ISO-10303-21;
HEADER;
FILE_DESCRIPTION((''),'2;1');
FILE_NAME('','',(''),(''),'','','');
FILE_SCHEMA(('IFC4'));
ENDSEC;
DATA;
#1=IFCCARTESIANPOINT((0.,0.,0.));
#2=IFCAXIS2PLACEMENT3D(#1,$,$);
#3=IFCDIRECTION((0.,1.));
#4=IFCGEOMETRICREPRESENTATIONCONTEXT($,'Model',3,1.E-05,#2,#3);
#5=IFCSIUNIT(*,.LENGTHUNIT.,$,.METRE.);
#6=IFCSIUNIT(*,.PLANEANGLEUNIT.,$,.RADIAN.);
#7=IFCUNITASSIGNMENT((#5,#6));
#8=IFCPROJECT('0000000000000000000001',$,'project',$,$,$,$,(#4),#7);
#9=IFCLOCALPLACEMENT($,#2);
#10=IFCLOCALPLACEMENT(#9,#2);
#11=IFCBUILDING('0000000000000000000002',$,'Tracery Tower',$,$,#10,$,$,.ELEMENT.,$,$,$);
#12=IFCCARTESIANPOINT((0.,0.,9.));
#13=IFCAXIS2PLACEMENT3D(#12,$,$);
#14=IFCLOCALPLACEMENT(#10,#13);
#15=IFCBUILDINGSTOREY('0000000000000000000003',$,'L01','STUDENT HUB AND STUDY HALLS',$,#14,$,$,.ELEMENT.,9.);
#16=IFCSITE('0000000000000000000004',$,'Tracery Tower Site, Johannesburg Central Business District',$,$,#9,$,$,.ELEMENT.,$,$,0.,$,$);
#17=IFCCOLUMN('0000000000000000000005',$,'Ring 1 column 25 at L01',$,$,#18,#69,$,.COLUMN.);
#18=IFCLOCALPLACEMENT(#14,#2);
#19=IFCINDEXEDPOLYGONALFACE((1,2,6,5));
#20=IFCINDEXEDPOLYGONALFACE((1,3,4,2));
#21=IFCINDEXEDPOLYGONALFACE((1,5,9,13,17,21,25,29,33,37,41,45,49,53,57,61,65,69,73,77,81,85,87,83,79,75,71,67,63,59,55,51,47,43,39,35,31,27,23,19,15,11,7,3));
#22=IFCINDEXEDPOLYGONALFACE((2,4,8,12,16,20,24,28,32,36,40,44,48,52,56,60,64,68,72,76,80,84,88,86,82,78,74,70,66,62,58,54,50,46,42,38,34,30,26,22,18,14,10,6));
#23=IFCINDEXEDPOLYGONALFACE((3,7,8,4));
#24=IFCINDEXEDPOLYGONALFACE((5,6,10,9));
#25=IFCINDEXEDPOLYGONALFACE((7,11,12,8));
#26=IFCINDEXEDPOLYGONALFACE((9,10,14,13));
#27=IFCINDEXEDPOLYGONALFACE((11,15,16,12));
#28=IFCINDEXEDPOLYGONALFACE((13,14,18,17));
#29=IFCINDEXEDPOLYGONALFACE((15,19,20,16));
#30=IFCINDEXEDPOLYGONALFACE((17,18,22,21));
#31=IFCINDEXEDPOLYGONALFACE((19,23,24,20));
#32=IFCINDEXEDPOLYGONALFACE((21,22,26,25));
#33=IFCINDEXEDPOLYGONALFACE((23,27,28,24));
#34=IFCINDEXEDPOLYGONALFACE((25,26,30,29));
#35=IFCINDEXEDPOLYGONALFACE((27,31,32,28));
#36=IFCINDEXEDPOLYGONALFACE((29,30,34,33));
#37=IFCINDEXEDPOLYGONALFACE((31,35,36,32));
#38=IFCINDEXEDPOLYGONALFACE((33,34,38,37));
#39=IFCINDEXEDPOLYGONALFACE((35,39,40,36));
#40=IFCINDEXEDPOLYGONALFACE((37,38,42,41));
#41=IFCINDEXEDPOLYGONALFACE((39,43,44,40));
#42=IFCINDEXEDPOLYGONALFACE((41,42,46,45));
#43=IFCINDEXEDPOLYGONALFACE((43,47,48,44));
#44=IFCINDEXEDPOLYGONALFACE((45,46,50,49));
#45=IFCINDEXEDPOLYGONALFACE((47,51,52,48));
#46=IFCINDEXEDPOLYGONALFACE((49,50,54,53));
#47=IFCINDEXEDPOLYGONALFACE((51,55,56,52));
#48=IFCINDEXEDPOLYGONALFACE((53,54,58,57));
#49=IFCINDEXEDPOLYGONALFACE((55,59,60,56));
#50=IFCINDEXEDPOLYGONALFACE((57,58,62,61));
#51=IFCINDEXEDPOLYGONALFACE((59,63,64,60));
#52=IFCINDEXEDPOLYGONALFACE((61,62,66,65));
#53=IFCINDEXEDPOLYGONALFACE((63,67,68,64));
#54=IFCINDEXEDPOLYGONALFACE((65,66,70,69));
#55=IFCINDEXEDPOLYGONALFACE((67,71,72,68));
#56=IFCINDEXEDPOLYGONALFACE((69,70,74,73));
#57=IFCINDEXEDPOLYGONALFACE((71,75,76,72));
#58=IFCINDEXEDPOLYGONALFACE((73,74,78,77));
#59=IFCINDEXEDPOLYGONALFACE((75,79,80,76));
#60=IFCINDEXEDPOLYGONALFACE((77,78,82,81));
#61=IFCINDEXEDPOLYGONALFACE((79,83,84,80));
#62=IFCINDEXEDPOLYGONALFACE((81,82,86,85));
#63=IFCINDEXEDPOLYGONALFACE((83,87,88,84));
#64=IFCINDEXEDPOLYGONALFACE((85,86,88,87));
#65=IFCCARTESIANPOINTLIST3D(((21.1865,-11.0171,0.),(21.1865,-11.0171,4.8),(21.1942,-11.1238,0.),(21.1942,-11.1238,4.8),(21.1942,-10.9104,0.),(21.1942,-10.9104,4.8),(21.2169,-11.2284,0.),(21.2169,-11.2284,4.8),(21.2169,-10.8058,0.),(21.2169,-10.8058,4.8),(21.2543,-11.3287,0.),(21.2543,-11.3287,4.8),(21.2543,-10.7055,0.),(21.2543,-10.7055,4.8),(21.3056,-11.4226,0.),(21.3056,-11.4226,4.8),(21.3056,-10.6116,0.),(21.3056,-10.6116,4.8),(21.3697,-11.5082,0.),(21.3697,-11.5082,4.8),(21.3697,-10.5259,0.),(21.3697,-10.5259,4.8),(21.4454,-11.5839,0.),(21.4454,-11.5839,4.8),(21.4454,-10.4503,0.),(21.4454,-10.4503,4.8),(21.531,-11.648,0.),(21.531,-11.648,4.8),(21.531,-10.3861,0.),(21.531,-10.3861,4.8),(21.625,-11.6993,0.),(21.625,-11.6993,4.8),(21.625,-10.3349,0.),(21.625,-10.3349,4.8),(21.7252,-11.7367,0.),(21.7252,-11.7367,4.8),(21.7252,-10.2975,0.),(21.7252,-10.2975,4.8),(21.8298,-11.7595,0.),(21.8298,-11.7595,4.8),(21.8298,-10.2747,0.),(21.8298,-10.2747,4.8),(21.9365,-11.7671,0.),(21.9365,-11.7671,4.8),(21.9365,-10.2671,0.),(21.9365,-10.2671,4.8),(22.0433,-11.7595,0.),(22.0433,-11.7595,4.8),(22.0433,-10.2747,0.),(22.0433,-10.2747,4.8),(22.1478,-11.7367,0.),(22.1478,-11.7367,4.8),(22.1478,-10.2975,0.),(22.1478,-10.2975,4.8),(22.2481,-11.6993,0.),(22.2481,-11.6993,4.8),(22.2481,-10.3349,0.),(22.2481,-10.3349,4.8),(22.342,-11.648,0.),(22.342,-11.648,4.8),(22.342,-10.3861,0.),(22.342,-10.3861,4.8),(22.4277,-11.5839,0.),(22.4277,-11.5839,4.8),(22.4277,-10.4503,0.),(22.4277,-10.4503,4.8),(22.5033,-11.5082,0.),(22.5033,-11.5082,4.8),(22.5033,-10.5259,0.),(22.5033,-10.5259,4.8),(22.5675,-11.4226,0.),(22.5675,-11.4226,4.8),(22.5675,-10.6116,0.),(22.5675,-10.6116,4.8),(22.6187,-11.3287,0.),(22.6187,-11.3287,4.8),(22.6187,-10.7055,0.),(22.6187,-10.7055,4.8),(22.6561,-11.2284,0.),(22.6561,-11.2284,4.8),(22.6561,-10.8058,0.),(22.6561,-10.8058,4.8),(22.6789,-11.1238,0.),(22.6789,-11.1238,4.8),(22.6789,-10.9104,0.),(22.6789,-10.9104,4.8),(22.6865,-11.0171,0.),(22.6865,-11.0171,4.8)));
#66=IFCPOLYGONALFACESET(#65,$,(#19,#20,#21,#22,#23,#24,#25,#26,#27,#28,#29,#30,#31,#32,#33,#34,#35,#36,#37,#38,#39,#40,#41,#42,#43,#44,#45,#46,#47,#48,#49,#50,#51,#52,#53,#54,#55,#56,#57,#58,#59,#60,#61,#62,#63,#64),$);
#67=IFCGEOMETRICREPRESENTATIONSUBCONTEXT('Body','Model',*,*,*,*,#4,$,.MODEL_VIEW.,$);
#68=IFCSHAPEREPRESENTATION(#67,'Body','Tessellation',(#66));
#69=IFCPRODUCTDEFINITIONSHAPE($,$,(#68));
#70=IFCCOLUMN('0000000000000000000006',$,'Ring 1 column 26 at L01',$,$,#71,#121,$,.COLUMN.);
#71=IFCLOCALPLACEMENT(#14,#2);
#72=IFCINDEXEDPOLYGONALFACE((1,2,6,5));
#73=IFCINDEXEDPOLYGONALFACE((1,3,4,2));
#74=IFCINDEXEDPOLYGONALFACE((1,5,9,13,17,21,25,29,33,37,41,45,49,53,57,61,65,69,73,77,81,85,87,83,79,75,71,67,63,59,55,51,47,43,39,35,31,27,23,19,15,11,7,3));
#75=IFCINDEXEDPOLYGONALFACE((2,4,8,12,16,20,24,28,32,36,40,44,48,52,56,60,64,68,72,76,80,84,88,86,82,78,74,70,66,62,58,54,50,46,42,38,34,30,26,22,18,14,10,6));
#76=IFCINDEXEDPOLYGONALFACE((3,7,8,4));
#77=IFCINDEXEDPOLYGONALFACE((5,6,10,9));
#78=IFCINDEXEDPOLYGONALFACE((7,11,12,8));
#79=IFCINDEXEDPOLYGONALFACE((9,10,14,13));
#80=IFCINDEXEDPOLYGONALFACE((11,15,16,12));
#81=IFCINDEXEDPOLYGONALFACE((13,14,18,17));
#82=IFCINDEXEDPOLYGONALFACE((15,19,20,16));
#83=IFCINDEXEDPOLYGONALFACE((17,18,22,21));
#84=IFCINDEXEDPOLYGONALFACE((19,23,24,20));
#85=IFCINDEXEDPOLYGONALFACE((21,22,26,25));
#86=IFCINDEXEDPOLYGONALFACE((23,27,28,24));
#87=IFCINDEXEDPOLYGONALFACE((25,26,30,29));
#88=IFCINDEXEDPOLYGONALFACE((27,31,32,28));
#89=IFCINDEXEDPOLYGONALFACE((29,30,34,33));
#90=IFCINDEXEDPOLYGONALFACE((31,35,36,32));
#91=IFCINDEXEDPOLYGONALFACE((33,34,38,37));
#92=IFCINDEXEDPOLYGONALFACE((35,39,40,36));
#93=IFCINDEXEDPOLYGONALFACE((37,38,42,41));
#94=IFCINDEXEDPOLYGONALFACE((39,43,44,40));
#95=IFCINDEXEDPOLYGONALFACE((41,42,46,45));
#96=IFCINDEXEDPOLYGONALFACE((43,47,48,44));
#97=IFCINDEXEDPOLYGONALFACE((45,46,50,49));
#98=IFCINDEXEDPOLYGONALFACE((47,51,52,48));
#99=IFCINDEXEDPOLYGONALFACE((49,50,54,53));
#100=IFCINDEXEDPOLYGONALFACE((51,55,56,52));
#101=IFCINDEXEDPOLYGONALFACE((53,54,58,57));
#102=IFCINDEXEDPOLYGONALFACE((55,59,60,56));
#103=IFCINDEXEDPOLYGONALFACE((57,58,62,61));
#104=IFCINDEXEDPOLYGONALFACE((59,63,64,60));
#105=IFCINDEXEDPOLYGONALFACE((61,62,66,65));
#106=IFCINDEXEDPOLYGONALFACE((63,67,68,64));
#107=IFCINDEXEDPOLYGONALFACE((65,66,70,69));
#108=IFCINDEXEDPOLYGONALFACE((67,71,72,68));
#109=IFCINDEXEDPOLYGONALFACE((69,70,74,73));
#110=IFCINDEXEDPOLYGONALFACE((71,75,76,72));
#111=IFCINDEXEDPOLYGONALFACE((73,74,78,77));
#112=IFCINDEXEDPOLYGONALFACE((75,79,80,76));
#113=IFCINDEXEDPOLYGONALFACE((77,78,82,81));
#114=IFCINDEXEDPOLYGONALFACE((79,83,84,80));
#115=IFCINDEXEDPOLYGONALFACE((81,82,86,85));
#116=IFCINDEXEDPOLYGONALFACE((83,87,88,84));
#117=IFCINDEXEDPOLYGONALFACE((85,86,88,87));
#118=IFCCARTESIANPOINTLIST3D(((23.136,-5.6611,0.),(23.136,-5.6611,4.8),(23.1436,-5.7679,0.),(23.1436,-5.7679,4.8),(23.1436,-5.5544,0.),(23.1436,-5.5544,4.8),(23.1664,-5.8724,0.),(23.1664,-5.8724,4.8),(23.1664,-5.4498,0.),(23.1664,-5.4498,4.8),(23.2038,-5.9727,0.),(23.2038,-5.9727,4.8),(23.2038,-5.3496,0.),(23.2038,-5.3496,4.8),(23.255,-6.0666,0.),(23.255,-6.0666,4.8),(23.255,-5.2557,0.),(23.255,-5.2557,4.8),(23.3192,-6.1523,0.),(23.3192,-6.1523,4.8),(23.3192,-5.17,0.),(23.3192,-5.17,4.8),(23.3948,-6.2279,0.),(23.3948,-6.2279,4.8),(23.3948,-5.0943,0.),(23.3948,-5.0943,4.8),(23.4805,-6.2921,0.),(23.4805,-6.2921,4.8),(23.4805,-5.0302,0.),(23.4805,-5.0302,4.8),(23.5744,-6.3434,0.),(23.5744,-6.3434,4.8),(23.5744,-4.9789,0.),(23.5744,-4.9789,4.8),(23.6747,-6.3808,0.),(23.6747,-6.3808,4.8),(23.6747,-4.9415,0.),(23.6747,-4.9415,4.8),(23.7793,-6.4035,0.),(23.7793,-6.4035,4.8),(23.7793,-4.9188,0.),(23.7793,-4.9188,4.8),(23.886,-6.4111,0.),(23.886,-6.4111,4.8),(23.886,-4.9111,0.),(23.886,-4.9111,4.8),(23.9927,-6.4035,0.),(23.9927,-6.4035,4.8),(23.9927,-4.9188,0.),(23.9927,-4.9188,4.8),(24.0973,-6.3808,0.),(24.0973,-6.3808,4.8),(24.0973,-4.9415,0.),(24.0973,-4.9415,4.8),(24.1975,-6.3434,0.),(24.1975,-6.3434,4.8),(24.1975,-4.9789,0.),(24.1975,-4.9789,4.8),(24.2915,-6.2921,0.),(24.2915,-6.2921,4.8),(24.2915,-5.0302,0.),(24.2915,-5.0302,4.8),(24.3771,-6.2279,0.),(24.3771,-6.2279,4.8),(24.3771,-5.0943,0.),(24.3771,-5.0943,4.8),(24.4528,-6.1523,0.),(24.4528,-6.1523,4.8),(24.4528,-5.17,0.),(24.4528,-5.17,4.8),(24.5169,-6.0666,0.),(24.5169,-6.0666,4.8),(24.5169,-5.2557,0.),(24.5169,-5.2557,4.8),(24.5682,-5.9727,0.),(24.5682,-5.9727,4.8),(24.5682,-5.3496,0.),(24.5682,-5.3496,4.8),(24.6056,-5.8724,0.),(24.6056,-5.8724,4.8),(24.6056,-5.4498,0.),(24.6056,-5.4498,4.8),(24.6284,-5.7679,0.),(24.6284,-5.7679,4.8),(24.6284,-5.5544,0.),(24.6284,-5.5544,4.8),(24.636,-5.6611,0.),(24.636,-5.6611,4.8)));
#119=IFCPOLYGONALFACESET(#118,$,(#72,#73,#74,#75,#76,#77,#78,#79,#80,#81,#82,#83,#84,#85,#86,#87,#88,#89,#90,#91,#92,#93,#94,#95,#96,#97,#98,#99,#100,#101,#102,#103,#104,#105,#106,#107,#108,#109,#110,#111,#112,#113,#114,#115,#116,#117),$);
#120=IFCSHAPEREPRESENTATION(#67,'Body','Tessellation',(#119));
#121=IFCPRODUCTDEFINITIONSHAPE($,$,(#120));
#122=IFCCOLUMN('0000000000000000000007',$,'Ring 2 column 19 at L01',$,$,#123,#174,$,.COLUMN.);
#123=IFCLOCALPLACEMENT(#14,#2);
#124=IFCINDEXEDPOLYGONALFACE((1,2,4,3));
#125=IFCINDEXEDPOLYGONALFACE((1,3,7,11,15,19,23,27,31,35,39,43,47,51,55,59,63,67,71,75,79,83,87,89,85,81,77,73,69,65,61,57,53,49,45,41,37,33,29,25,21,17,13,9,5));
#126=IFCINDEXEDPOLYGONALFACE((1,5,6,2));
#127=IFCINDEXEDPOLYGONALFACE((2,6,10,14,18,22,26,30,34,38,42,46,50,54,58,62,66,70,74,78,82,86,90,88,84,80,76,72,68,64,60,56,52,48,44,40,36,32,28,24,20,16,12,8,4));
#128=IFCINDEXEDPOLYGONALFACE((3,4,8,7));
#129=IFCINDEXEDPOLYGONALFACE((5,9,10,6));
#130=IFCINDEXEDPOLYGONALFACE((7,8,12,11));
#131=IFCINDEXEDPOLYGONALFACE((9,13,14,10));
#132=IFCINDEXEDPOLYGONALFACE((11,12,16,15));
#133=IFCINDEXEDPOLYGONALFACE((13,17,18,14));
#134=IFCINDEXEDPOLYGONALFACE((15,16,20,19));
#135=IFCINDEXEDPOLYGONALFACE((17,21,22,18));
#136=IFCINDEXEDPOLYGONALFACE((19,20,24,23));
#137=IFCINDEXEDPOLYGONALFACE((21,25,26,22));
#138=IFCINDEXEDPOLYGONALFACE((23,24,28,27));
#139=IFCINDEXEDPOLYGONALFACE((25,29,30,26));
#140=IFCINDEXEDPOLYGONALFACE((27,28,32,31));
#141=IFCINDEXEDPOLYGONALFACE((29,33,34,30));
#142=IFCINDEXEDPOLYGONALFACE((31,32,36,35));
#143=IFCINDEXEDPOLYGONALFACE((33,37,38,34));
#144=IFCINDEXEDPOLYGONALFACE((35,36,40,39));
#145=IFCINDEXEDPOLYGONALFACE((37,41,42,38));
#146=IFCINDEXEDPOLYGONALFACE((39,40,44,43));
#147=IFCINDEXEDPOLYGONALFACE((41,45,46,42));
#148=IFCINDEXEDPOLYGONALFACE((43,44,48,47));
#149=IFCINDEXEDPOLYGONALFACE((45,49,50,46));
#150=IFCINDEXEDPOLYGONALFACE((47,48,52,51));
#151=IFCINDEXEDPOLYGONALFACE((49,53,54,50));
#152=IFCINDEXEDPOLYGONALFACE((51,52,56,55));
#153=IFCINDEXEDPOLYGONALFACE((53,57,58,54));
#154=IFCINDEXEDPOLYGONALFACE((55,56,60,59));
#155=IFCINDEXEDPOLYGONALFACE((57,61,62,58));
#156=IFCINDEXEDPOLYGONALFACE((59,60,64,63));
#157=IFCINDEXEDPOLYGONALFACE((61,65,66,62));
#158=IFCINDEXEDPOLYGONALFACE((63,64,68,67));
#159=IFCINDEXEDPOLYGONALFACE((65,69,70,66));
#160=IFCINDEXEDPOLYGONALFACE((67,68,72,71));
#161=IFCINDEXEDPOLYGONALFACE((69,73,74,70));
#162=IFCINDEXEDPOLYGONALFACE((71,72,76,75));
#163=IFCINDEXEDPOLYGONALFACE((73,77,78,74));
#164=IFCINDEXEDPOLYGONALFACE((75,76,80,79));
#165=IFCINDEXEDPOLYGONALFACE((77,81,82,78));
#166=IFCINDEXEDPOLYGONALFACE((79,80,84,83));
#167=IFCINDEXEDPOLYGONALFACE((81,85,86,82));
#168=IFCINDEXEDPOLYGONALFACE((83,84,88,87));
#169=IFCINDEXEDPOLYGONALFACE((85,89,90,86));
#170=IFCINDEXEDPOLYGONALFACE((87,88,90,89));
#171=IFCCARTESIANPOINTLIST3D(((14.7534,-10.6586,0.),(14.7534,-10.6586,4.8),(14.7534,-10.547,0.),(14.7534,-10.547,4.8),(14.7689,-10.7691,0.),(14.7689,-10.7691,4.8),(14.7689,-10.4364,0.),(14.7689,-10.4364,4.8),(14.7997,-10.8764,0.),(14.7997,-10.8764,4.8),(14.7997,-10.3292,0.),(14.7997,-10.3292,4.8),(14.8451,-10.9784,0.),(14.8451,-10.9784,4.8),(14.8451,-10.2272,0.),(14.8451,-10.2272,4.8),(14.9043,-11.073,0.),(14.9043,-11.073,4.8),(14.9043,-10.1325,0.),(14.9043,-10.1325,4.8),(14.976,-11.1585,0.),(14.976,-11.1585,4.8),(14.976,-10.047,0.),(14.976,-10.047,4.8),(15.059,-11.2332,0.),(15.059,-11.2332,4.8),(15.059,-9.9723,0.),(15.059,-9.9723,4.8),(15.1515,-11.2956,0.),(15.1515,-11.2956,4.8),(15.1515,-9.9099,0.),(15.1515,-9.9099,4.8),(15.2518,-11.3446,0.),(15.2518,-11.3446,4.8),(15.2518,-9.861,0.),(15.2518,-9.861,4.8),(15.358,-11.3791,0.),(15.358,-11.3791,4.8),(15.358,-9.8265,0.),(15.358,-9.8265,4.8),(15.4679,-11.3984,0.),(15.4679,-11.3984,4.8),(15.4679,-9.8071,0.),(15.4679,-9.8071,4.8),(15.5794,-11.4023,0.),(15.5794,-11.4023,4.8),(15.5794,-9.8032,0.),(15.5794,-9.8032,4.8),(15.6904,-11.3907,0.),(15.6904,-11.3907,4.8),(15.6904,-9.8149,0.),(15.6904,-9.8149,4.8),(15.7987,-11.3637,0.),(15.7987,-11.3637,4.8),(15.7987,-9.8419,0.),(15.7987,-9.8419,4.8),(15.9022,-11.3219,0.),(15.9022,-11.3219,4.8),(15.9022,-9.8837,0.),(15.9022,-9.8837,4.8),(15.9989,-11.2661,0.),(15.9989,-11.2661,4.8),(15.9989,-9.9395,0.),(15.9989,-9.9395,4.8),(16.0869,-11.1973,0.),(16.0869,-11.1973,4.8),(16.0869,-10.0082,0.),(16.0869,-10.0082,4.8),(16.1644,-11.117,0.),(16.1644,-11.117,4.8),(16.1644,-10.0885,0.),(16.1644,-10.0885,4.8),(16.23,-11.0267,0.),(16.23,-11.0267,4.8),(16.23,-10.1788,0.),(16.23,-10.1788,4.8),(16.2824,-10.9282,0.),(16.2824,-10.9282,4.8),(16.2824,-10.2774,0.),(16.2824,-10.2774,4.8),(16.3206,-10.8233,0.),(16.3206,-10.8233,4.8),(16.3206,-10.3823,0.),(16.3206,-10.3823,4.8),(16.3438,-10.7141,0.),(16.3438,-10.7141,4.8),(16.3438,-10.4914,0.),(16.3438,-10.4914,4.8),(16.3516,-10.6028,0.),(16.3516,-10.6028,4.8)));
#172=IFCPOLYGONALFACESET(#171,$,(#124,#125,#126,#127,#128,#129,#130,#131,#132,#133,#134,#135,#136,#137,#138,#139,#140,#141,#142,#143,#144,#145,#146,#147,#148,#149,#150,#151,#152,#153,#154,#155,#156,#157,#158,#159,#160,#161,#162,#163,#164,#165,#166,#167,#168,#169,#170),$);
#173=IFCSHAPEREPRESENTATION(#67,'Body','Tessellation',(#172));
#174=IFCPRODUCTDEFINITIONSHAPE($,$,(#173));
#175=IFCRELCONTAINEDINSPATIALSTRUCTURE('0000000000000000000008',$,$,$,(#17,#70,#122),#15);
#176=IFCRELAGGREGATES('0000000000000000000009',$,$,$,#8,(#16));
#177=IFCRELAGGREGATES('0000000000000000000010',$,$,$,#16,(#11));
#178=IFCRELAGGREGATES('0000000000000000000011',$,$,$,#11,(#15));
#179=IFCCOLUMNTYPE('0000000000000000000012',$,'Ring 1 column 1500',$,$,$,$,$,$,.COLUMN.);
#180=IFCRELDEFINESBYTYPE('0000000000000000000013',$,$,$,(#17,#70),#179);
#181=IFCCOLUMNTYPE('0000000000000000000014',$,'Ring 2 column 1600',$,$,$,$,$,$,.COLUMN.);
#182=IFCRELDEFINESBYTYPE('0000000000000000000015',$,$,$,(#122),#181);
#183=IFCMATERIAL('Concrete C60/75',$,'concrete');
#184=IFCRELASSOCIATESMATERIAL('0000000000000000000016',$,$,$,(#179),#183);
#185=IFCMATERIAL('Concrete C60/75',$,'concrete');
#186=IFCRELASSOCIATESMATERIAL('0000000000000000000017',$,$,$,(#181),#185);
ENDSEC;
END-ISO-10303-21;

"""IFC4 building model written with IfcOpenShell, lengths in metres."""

from ifc_helpers import new_model, si_unit, direction, frame, origin, origin_2d, place, context, subcontext, project, spatial, circle, extrude, material, material_profile, profile_set, type_object, element, save


model = new_model("IFC4")

# Units and contexts
model_context = context("Model", 3, precision=1e-05, world=origin(), true_north=direction((0.0, 1.0)))
body_context = subcontext(model_context, "Body", "Model", "MODEL_VIEW")
ifc_project = project(units=[si_unit("LENGTHUNIT", "METRE"), si_unit("PLANEANGLEUNIT", "RADIAN")], contexts=[model_context])

# Site, building, storey
site_placement = place(None, origin())
site = spatial("IfcSite", under=ifc_project, at=site_placement, Name="Tracery Tower Site, Johannesburg Central Business District", CompositionType="ELEMENT", RefElevation=0.0)
building_placement = place(site_placement, origin())
building = spatial("IfcBuilding", under=site, at=building_placement, Name="Tracery Tower", CompositionType="ELEMENT")
storey_placement = place(building_placement, frame((0.0, 0.0, 9.0)))
storey = spatial("IfcBuildingStorey", under=building, at=storey_placement, Name="L01", Description="STUDENT HUB AND STUDY HALLS", CompositionType="ELEMENT", Elevation=9.0)

# Columns
ifc_material_1 = material(Name="Concrete C60/75", Category="concrete")
ifc_material_profile_1 = material_profile(ifc_material_1, circle(Radius=0.75, at=origin_2d()), Name="RC D1500")
ifc_profile_set_1 = profile_set([ifc_material_profile_1], Name="Concrete C60/75")
column_type_1 = type_object("IfcColumnType", Name="Ring 1 column 1500", PredefinedType="COLUMN", material=ifc_profile_set_1)
for number, where, z_axis, x_axis, name in (
    (1, (21.9365, -11.0171, 0.0), (0.0, 0.0, 1.0), (1.0, 0.0, 0.0), "Ring 1 column 25 at L01"),
    (2, (23.886, -5.6611, 0.0), (0.0, 0.0, 1.0), (1.0, 0.0, 0.0), "Ring 1 column 26 at L01"),
):
    element("IfcColumn", number, at=place(storey_placement, frame(where, z_axis=z_axis, x_axis=x_axis)), inside=storey, type_object=column_type_1, Name=name, PredefinedType="COLUMN", context=body_context, shape_type="SweptSolid", body=[
        extrude(circle(Radius=0.75, at=origin_2d()), origin(), (0.0, 0.0, 1.0), 4.8),
    ])
ifc_material_2 = material(Name="Concrete C60/75", Category="concrete")
ifc_material_profile_2 = material_profile(ifc_material_2, circle(Radius=0.8, at=origin_2d()), Name="RC D1600")
ifc_profile_set_2 = profile_set([ifc_material_profile_2], Name="Concrete C60/75")
column_type_2 = type_object("IfcColumnType", Name="Ring 2 column 1600", PredefinedType="COLUMN", material=ifc_profile_set_2)
for number, where, z_axis, x_axis, name in (
    (3, (15.5515, -10.6028, 0.0), (0.0, 0.0, 1.0), (1.0, 0.0, 0.0), "Ring 2 column 19 at L01"),
):
    element("IfcColumn", number, at=place(storey_placement, frame(where, z_axis=z_axis, x_axis=x_axis)), inside=storey, type_object=column_type_2, Name=name, PredefinedType="COLUMN", context=body_context, shape_type="SweptSolid", body=[
        extrude(circle(Radius=0.8, at=origin_2d()), origin(), (0.0, 0.0, 1.0), 4.8),
    ])

save(model, "model.ifc")
